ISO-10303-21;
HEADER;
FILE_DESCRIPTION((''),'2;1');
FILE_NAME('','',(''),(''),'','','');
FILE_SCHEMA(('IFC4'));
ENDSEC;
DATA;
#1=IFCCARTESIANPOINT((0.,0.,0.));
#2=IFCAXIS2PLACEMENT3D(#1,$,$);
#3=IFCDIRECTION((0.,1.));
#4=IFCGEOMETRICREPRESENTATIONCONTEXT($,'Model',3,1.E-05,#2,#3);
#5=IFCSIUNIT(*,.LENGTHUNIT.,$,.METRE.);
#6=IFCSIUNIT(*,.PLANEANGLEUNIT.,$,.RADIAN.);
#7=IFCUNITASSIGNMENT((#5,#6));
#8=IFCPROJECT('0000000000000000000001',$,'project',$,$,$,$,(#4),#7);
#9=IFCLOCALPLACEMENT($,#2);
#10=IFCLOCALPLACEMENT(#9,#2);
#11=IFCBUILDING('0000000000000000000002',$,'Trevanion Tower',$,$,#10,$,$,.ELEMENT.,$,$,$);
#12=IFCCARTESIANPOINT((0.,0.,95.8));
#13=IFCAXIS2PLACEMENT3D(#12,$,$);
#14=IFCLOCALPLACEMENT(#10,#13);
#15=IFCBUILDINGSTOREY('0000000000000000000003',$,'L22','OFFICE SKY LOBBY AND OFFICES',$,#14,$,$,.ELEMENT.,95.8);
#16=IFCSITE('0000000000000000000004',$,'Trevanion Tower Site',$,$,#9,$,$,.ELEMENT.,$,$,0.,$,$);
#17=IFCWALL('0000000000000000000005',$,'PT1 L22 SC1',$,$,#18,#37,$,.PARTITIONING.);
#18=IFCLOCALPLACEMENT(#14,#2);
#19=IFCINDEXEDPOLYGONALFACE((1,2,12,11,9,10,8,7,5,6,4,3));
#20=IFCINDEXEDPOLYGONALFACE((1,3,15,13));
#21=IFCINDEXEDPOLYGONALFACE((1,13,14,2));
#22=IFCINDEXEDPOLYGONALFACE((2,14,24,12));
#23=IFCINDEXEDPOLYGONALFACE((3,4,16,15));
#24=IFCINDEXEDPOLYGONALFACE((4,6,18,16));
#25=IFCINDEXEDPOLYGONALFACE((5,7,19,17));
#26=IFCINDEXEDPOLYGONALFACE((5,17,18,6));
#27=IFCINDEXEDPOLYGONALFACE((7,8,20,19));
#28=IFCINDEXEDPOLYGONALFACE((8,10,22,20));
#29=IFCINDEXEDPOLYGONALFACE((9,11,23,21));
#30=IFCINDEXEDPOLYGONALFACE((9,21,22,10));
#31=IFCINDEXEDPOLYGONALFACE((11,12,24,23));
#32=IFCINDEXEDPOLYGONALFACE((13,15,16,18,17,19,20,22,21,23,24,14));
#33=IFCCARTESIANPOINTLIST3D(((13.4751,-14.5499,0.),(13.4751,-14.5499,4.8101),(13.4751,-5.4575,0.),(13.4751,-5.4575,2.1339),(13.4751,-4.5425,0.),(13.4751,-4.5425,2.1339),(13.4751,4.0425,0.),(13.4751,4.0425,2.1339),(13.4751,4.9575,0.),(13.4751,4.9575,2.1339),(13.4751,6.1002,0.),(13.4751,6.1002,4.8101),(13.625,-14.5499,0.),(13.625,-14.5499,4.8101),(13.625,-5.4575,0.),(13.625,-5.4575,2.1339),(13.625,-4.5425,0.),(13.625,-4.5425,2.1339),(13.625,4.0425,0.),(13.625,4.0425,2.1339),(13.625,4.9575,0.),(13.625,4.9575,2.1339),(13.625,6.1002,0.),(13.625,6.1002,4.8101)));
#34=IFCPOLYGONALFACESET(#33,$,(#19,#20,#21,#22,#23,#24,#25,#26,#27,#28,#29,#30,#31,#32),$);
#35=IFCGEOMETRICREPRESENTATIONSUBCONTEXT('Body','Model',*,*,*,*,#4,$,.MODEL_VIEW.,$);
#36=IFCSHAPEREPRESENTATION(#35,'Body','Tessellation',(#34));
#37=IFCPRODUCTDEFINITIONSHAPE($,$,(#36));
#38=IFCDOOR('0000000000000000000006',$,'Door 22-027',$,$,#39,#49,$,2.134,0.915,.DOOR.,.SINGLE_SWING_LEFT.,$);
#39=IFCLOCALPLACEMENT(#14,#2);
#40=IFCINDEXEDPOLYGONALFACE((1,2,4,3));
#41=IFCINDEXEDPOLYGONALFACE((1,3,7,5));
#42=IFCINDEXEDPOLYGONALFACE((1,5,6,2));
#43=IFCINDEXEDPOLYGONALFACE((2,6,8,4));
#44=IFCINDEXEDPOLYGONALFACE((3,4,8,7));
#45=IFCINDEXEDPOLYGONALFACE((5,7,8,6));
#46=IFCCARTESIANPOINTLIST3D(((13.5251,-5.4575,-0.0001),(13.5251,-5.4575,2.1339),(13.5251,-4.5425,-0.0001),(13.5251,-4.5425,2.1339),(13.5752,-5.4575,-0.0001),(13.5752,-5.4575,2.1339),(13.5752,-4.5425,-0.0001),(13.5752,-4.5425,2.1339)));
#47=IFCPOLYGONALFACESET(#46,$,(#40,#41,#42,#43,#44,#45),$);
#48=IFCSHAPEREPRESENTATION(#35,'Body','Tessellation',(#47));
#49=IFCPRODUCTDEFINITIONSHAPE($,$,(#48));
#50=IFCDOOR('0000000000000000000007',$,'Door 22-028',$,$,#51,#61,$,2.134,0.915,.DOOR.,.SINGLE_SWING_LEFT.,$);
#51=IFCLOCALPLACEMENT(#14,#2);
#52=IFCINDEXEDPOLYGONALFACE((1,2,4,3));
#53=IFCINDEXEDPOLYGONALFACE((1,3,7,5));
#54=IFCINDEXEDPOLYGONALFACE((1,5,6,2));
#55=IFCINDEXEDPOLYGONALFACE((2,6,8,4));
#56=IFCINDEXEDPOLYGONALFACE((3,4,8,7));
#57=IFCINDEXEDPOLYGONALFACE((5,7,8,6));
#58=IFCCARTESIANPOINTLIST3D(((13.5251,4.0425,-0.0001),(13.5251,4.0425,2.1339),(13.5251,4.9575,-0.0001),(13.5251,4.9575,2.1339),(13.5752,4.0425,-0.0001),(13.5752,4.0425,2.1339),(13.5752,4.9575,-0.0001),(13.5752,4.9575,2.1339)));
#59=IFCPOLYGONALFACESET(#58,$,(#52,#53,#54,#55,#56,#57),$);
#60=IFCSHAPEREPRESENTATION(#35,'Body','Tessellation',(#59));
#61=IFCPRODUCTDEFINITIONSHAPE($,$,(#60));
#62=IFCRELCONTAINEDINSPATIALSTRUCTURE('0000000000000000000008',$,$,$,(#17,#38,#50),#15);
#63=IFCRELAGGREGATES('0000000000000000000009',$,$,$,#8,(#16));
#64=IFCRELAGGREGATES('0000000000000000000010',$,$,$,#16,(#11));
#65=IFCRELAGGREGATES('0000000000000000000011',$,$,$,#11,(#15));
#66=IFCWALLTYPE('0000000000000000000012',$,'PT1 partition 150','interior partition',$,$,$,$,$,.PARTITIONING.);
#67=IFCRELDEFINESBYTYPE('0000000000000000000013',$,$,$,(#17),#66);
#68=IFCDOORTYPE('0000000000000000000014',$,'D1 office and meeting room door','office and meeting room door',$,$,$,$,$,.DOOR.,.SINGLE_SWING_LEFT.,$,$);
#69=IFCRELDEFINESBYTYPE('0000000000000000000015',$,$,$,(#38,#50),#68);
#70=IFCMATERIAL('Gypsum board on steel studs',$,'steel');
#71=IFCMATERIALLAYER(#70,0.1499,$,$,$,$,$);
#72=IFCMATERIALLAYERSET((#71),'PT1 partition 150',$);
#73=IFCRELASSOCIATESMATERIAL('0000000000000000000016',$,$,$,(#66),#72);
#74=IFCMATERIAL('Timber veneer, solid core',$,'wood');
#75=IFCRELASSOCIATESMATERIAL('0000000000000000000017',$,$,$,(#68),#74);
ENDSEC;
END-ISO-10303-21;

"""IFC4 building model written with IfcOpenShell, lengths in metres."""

from ifc_helpers import new_model, si_unit, direction, frame, frame_2d, origin, place, context, subcontext, project, spatial, rectangle, extrude, material, layer, layer_set, type_object, element, fill, save


model = new_model("IFC4")

# Units and contexts
model_context = context("Model", 3, precision=1e-05, world=origin(), true_north=direction((0.0, 1.0)))
body_context = subcontext(model_context, "Body", "Model", "MODEL_VIEW")
ifc_project = project(units=[si_unit("LENGTHUNIT", "METRE"), si_unit("PLANEANGLEUNIT", "RADIAN")], contexts=[model_context])

# Site, building, storey
site_placement = place(None, origin())
site = spatial("IfcSite", under=ifc_project, at=site_placement, Name="Trevanion Tower Site", CompositionType="ELEMENT", RefElevation=0.0)
building_placement = place(site_placement, origin())
building = spatial("IfcBuilding", under=site, at=building_placement, Name="Trevanion Tower", CompositionType="ELEMENT")
storey_placement = place(building_placement, frame((0.0, 0.0, 95.8)))
storey = spatial("IfcBuildingStorey", under=building, at=storey_placement, Name="L22", Description="OFFICE SKY LOBBY AND OFFICES", CompositionType="ELEMENT", Elevation=95.8)

# Wall, openings, doors
ifc_material_1 = material(Name="Gypsum board on steel studs", Category="steel")
ifc_layer_1 = layer(ifc_material_1, 0.1499)
ifc_layer_set_1 = layer_set([ifc_layer_1], Name="PT1 partition 150")
wall_type_1 = type_object("IfcWallType", Name="PT1 partition 150", Description="interior partition", PredefinedType="PARTITIONING", material=ifc_layer_set_1)
wall_1_placement = place(storey_placement, frame((13.55, -14.55, 0.0), z_axis=(0.0, 0.0, 1.0), x_axis=(0.0, 1.0, 0.0)))
wall_1 = element("IfcWall", 1, at=wall_1_placement, inside=storey, type_object=wall_type_1, Name="PT1 L22 SC1", PredefinedType="PARTITIONING", context=body_context, shape_type="SweptSolid", body=[
    extrude(rectangle(XDim=20.6501, YDim=0.1499, at=frame_2d((10.3252, 0.0))), origin(), (0.0, 0.0, 1.0), 4.8101),
])
opening_1_placement = place(wall_1_placement, frame((9.0925, 0.0, 0.0)))
opening_1 = element("IfcOpeningElement", 2, at=opening_1_placement, cuts=wall_1, PredefinedType="OPENING", context=body_context, shape_type="SweptSolid", body=[
    extrude(rectangle(XDim=0.915, YDim=2.134, at=frame_2d((0.4575, 1.0669))), frame((0.0, 0.085, 0.0), z_axis=(0.0, -1.0, 0.0), x_axis=(1.0, 0.0, 0.0)), (0.0, 0.0, 1.0), 0.1699),
])
opening_2_placement = place(wall_1_placement, frame((18.5925, 0.0, 0.0)))
opening_2 = element("IfcOpeningElement", 3, at=opening_2_placement, cuts=wall_1, PredefinedType="OPENING", context=body_context, shape_type="SweptSolid", body=[
    extrude(rectangle(XDim=0.915, YDim=2.134, at=frame_2d((0.4575, 1.0669))), frame((0.0, 0.085, 0.0), z_axis=(0.0, -1.0, 0.0), x_axis=(1.0, 0.0, 0.0)), (0.0, 0.0, 1.0), 0.1699),
])
ifc_material_2 = material(Name="Timber veneer, solid core", Category="wood")
door_type = type_object("IfcDoorType", Name="D1 office and meeting room door", Description="office and meeting room door", OperationType="SINGLE_SWING_LEFT", PredefinedType="DOOR", material=ifc_material_2)
door_1_placement = place(opening_1_placement, origin())
door_1 = element("IfcDoor", 4, at=door_1_placement, inside=storey, type_object=door_type, Name="Door 22-027", OperationType="SINGLE_SWING_LEFT", OverallHeight=2.134, OverallWidth=0.915, PredefinedType="DOOR", context=body_context, shape_type="SweptSolid", body=[
    extrude(rectangle(XDim=0.915, YDim=2.134, at=frame_2d((0.4575, 1.0669))), frame((0.0, 0.0249, 0.0), z_axis=(0.0, -1.0, 0.0), x_axis=(1.0, 0.0, 0.0)), (0.0, 0.0, 1.0), 0.05),
])
fill(opening_1, door_1)
door_2_placement = place(opening_2_placement, origin())
door_2 = element("IfcDoor", 5, at=door_2_placement, inside=storey, type_object=door_type, Name="Door 22-028", OperationType="SINGLE_SWING_LEFT", OverallHeight=2.134, OverallWidth=0.915, PredefinedType="DOOR", context=body_context, shape_type="SweptSolid", body=[
    extrude(rectangle(XDim=0.915, YDim=2.134, at=frame_2d((0.4575, 1.0669))), frame((0.0, 0.0249, 0.0), z_axis=(0.0, -1.0, 0.0), x_axis=(1.0, 0.0, 0.0)), (0.0, 0.0, 1.0), 0.05),
])
fill(opening_2, door_2)

save(model, "model.ifc")
